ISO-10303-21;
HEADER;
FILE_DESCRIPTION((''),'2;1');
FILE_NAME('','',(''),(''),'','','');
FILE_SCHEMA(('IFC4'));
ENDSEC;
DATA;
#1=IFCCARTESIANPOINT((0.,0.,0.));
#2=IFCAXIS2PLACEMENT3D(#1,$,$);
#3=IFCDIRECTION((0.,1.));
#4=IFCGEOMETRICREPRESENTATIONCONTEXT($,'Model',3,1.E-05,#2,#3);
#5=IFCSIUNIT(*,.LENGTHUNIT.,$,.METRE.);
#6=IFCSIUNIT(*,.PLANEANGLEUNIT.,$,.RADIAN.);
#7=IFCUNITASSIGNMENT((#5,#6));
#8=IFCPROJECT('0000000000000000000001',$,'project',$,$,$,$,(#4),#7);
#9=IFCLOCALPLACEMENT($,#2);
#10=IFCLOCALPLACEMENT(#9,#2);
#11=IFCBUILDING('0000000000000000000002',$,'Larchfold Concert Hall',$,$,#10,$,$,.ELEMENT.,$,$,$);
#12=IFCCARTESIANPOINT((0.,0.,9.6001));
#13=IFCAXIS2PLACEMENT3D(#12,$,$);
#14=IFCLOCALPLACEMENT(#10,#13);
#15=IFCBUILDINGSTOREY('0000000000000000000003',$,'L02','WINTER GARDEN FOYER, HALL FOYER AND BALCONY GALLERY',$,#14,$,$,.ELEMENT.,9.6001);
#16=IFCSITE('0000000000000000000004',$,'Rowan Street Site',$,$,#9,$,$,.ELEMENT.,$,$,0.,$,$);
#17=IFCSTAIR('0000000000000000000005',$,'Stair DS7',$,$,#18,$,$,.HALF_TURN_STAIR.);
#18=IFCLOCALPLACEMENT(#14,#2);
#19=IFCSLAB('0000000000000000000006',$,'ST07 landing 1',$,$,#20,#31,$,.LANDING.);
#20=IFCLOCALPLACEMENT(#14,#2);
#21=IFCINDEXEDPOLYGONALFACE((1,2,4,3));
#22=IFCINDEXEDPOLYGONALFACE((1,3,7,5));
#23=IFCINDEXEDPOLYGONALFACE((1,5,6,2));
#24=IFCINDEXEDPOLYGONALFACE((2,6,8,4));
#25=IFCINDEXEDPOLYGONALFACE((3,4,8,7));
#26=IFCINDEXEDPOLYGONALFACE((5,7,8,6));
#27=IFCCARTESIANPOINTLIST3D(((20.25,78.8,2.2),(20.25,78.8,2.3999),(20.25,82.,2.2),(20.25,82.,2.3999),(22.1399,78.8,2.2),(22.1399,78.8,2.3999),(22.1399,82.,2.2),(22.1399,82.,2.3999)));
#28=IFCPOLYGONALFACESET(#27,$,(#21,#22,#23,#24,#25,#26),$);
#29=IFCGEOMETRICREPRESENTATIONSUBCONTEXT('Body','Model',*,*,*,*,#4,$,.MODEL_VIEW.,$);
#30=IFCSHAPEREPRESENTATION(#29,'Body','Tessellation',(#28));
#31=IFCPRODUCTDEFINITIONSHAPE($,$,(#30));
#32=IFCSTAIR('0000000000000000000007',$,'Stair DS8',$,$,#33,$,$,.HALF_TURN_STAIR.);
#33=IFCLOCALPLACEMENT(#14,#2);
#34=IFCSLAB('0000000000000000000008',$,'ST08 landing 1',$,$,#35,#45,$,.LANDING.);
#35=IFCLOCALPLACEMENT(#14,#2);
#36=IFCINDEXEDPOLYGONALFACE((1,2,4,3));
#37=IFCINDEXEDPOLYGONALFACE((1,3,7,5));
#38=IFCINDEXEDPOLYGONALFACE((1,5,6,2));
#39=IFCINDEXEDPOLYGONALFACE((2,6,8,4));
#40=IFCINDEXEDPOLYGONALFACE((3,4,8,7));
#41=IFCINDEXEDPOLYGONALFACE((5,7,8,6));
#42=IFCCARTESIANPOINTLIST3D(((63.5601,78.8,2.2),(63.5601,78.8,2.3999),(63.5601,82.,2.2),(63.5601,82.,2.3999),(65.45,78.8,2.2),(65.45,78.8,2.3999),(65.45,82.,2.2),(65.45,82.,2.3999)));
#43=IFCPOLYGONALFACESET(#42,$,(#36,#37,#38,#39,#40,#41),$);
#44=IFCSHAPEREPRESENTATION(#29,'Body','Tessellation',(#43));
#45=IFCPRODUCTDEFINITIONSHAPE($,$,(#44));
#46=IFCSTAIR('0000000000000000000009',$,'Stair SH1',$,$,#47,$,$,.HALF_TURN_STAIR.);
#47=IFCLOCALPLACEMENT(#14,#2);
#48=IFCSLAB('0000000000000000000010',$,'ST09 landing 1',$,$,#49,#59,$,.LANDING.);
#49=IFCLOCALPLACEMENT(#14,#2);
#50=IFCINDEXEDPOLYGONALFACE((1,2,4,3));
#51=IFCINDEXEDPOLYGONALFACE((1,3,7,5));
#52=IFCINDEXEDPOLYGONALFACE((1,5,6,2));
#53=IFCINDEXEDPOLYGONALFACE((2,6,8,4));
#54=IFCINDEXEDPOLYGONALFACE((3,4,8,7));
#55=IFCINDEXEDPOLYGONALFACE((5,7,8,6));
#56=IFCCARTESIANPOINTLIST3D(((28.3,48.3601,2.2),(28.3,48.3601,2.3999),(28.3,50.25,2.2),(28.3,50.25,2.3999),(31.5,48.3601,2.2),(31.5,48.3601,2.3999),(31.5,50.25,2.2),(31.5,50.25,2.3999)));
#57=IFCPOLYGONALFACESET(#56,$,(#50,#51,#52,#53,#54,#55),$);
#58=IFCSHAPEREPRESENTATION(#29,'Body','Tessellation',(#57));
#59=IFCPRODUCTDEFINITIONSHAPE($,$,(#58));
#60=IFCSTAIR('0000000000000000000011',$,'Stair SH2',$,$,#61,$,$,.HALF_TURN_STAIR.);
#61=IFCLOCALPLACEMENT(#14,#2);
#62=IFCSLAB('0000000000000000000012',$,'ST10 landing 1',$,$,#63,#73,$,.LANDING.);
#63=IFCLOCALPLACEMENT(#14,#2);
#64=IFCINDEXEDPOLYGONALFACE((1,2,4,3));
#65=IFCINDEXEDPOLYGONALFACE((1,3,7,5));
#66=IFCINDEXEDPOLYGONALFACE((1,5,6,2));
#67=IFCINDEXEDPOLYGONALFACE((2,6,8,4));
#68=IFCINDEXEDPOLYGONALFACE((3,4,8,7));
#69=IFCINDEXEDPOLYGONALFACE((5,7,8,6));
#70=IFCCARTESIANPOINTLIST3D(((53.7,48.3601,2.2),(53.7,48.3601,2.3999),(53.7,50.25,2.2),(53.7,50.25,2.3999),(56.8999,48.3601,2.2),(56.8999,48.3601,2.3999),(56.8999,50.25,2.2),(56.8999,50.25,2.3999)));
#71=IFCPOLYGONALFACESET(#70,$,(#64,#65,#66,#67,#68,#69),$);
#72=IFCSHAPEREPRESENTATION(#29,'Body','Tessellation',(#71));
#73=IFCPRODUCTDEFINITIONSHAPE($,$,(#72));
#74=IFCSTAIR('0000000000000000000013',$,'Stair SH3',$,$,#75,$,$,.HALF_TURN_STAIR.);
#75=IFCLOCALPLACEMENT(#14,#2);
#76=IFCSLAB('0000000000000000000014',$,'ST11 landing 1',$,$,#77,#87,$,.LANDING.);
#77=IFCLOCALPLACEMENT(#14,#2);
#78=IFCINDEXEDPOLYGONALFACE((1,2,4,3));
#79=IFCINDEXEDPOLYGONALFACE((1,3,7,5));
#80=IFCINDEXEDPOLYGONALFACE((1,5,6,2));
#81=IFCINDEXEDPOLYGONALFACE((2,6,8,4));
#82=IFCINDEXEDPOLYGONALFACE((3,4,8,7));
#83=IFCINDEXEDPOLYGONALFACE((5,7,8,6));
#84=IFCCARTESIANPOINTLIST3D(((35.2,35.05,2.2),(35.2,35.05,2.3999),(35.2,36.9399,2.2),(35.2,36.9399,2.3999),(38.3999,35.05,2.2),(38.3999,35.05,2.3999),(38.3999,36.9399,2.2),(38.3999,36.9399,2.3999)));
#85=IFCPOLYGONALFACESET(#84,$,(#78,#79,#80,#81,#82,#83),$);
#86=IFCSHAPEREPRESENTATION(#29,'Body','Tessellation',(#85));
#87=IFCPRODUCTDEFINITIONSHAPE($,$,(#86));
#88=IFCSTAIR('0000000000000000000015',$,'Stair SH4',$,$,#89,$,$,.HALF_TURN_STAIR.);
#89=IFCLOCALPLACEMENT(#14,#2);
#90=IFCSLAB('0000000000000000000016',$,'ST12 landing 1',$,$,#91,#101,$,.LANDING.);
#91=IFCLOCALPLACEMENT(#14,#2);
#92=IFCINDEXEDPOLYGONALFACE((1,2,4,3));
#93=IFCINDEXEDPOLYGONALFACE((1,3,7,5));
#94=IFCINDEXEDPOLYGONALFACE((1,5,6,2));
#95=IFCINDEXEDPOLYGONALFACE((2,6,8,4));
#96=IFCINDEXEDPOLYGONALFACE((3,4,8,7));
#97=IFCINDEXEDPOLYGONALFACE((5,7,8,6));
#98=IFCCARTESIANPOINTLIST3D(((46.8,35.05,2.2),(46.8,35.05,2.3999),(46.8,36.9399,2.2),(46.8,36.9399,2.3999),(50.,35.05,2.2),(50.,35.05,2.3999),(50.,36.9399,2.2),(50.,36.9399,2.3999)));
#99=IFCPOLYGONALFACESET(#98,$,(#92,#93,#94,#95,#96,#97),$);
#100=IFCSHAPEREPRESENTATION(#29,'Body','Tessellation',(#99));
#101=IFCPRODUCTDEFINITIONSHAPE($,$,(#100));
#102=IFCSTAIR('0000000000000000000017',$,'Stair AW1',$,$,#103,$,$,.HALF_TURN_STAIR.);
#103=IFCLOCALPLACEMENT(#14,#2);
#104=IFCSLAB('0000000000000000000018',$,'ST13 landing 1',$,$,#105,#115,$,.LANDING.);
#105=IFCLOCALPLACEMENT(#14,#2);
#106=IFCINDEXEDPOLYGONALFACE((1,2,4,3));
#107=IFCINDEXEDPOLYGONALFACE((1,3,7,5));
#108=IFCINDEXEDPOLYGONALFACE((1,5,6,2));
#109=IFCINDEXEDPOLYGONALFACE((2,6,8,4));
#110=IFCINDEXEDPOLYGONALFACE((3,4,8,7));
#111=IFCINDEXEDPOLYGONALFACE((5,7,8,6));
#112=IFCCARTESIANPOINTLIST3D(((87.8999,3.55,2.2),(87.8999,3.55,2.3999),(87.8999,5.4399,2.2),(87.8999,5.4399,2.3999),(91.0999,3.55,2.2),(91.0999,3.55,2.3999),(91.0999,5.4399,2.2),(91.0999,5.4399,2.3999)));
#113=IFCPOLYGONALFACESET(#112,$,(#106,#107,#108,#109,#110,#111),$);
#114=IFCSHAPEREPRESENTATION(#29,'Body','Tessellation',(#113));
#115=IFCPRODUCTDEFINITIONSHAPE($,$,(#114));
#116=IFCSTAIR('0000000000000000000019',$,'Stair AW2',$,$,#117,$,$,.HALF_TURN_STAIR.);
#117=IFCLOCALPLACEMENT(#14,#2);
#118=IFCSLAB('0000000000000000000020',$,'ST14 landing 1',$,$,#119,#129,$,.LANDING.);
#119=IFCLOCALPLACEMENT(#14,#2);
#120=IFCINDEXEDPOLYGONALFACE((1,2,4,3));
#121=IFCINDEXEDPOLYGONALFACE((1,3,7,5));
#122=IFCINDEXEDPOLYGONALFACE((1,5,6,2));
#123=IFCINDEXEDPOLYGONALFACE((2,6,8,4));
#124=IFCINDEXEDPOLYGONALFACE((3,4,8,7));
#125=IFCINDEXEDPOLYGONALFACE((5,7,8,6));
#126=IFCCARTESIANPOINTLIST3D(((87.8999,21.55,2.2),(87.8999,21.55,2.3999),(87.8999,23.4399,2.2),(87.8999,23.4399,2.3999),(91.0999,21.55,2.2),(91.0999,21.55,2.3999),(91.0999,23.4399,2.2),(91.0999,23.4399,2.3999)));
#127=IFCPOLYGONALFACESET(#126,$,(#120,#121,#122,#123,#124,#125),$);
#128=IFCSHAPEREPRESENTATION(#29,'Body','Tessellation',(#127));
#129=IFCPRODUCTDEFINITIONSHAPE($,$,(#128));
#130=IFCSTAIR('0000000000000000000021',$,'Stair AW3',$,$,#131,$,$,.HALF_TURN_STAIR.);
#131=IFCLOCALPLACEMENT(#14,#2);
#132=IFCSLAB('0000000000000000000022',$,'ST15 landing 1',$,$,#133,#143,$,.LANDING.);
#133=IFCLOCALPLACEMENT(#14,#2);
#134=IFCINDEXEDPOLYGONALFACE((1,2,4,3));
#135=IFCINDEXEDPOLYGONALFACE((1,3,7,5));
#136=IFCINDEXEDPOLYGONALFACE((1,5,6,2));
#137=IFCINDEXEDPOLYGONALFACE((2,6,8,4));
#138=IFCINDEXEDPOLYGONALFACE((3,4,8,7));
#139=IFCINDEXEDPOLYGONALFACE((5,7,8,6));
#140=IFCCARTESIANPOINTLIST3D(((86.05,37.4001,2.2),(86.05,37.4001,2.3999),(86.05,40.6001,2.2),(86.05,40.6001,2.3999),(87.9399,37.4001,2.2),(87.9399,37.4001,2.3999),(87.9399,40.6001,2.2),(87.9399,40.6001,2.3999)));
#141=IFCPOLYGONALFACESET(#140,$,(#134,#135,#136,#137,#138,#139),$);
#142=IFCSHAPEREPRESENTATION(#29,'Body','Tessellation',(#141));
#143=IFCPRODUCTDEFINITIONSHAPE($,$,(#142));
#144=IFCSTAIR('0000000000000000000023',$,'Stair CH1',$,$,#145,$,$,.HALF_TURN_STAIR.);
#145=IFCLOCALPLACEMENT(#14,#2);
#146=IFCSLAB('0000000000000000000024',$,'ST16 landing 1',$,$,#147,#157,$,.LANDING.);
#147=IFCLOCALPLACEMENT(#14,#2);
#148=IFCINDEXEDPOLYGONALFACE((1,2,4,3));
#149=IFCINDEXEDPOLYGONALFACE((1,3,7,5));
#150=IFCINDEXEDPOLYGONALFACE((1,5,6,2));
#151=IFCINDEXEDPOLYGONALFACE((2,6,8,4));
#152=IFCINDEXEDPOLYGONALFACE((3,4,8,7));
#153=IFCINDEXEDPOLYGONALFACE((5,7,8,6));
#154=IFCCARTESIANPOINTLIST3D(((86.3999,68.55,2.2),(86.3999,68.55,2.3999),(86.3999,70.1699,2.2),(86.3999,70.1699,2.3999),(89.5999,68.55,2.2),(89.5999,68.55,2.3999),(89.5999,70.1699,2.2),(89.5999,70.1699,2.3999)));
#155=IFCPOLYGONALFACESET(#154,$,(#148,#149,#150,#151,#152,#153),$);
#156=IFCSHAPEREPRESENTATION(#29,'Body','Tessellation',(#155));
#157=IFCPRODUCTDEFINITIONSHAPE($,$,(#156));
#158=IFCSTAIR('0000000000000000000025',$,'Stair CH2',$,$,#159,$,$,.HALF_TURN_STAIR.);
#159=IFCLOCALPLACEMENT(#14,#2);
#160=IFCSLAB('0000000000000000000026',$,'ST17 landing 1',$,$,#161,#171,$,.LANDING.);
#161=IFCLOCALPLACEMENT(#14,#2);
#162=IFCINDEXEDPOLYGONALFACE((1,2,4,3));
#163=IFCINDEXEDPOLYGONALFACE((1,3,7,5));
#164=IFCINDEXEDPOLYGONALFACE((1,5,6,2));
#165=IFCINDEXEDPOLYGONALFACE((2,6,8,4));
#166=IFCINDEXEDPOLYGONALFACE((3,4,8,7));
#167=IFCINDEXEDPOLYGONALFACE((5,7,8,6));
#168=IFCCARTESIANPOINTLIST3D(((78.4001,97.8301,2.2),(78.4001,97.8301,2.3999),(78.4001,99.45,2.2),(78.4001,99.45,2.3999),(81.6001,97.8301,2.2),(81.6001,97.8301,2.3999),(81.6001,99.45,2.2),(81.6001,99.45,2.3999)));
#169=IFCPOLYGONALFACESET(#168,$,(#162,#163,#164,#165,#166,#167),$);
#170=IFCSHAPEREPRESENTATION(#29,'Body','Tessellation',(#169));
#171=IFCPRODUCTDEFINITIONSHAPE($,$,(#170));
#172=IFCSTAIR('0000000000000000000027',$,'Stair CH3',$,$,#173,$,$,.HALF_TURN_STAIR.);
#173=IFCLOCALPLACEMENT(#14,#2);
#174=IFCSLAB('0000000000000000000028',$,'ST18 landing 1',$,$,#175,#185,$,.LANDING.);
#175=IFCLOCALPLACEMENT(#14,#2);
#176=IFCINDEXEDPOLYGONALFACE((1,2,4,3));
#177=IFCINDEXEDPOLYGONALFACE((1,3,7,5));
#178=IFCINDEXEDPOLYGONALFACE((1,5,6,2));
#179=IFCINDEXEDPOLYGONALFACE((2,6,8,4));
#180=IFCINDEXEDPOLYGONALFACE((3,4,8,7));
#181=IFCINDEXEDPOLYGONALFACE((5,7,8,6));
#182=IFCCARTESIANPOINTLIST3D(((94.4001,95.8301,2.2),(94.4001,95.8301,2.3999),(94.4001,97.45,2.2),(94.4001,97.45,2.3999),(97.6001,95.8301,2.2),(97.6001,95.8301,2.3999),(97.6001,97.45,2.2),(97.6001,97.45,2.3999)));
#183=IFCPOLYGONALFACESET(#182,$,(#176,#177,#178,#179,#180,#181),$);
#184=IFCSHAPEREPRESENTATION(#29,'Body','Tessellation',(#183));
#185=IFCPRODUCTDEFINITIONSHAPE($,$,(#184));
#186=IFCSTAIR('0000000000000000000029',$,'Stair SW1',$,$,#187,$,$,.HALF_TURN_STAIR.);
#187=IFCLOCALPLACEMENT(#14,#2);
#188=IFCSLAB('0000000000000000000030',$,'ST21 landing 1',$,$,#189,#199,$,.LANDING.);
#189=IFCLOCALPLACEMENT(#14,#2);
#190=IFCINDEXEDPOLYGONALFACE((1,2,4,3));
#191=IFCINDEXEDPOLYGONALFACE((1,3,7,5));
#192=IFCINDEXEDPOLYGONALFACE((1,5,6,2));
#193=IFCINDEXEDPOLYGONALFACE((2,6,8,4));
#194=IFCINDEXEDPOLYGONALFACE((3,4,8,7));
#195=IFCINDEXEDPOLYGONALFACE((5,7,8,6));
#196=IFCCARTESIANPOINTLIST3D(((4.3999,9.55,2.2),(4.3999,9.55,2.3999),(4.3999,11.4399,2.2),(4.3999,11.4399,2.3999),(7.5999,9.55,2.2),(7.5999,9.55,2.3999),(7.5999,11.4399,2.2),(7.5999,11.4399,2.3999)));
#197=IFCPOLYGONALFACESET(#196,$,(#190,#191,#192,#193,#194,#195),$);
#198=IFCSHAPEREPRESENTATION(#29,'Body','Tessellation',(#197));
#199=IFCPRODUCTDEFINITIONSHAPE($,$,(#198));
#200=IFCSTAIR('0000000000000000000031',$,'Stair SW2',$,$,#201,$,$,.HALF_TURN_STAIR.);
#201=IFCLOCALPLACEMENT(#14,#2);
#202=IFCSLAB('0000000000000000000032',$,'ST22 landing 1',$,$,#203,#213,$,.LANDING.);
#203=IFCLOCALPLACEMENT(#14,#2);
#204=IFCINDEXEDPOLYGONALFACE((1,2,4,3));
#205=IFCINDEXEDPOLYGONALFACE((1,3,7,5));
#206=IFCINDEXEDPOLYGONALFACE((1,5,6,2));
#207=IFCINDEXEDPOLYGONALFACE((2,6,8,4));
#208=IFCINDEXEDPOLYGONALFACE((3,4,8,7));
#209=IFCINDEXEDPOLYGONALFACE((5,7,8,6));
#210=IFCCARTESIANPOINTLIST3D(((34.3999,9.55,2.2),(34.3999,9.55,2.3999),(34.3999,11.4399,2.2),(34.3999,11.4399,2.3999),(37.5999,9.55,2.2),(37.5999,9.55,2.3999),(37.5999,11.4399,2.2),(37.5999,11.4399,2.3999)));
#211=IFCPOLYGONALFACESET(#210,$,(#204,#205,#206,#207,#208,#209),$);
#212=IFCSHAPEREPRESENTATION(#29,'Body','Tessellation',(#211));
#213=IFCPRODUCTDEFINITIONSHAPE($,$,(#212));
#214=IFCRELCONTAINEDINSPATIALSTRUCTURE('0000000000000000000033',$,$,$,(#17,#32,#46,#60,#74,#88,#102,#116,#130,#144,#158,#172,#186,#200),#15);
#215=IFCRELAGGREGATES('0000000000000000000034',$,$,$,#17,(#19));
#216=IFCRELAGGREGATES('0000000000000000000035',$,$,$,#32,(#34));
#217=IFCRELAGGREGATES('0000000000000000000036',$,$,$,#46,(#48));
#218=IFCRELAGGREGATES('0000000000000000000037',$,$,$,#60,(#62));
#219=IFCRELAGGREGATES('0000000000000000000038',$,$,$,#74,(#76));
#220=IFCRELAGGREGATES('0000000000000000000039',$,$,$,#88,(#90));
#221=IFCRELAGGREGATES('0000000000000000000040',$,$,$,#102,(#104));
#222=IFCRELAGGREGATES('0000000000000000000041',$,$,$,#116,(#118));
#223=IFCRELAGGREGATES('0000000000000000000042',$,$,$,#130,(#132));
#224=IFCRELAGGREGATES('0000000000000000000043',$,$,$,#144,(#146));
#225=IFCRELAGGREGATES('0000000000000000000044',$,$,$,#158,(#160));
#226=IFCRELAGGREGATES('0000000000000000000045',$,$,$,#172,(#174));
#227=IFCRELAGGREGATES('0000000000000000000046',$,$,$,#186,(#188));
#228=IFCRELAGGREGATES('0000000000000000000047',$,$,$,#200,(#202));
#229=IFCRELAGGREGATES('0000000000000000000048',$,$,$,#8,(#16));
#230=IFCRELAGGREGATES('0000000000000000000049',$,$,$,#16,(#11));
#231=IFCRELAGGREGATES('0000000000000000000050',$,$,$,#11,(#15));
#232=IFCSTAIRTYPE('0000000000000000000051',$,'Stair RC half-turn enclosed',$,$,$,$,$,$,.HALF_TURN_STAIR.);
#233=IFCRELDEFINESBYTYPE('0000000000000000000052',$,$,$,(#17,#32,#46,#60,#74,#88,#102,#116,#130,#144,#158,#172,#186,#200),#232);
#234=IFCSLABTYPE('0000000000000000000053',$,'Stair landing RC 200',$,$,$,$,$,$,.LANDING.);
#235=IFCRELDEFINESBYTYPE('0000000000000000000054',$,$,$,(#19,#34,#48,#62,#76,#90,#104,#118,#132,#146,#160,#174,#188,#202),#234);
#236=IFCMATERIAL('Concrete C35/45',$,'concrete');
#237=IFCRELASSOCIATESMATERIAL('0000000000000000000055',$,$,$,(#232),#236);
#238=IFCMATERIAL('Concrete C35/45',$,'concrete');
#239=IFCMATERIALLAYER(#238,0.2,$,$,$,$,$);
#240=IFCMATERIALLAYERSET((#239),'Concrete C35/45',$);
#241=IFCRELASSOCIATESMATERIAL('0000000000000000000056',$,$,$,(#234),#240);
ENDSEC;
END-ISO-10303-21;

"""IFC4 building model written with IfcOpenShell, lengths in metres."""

from ifc_helpers import new_model, si_unit, direction, frame, origin, place, context, subcontext, project, spatial, polyline, outline, extrude, material, layer, layer_set, type_object, element, aggregate, save


model = new_model("IFC4")

# Units and contexts
model_context = context("Model", 3, precision=1e-05, world=origin(), true_north=direction((0.0, 1.0)))
body_context = subcontext(model_context, "Body", "Model", "MODEL_VIEW")
ifc_project = project(units=[si_unit("LENGTHUNIT", "METRE"), si_unit("PLANEANGLEUNIT", "RADIAN")], contexts=[model_context])

# Site, building, storey
site_placement = place(None, origin())
site = spatial("IfcSite", under=ifc_project, at=site_placement, Name="Rowan Street Site", CompositionType="ELEMENT", RefElevation=0.0)
building_placement = place(site_placement, origin())
building = spatial("IfcBuilding", under=site, at=building_placement, Name="Larchfold Concert Hall", CompositionType="ELEMENT")
storey_placement = place(building_placement, frame((0.0, 0.0, 9.6001)))
storey = spatial("IfcBuildingStorey", under=building, at=storey_placement, Name="L02", Description="WINTER GARDEN FOYER, HALL FOYER AND BALCONY GALLERY", CompositionType="ELEMENT", Elevation=9.6001)

# Stairs, slabs
ifc_material_1 = material(Name="Concrete C35/45", Category="concrete")
stair_type = type_object("IfcStairType", Name="Stair RC half-turn enclosed", PredefinedType="HALF_TURN_STAIR", material=ifc_material_1)
stair_1_placement = place(storey_placement, origin())
stair_1 = element("IfcStair", 1, at=stair_1_placement, inside=storey, type_object=stair_type, Name="Stair DS7", PredefinedType="HALF_TURN_STAIR")
ifc_material_2 = material(Name="Concrete C35/45", Category="concrete")
ifc_layer_1 = layer(ifc_material_2, 0.2)
ifc_layer_set_1 = layer_set([ifc_layer_1], Name="Concrete C35/45")
slab_type = type_object("IfcSlabType", Name="Stair landing RC 200", PredefinedType="LANDING", material=ifc_layer_set_1)
slab_1_placement = place(storey_placement, frame((0.0, 0.0, 2.2)))
slab_1 = element("IfcSlab", 2, at=slab_1_placement, type_object=slab_type, Name="ST07 landing 1", PredefinedType="LANDING", context=body_context, shape_type="SweptSolid", body=[
    extrude(outline(polyline([(22.1399, 82.0), (20.25, 82.0), (20.25, 78.8), (22.1399, 78.8), (22.1399, 82.0)])), origin(), (0.0, 0.0, 1.0), 0.2),
])
aggregate(stair_1, [slab_1])
stair_2_placement = place(storey_placement, origin())
stair_2 = element("IfcStair", 3, at=stair_2_placement, inside=storey, type_object=stair_type, Name="Stair DS8", PredefinedType="HALF_TURN_STAIR")
slab_2_placement = place(storey_placement, frame((0.0, 0.0, 2.2)))
slab_2 = element("IfcSlab", 4, at=slab_2_placement, type_object=slab_type, Name="ST08 landing 1", PredefinedType="LANDING", context=body_context, shape_type="SweptSolid", body=[
    extrude(outline(polyline([(63.5601, 78.8), (65.45, 78.8), (65.45, 82.0), (63.5601, 82.0), (63.5601, 78.8)])), origin(), (0.0, 0.0, 1.0), 0.2),
])
aggregate(stair_2, [slab_2])
stair_3_placement = place(storey_placement, origin())
stair_3 = element("IfcStair", 5, at=stair_3_placement, inside=storey, type_object=stair_type, Name="Stair SH1", PredefinedType="HALF_TURN_STAIR")
slab_3_placement = place(storey_placement, frame((0.0, 0.0, 2.2)))
slab_3 = element("IfcSlab", 6, at=slab_3_placement, type_object=slab_type, Name="ST09 landing 1", PredefinedType="LANDING", context=body_context, shape_type="SweptSolid", body=[
    extrude(outline(polyline([(31.5, 48.3601), (31.5, 50.25), (28.3, 50.25), (28.3, 48.3601), (31.5, 48.3601)])), origin(), (0.0, 0.0, 1.0), 0.2),
])
aggregate(stair_3, [slab_3])
stair_4_placement = place(storey_placement, origin())
stair_4 = element("IfcStair", 7, at=stair_4_placement, inside=storey, type_object=stair_type, Name="Stair SH2", PredefinedType="HALF_TURN_STAIR")
slab_4_placement = place(storey_placement, frame((0.0, 0.0, 2.2)))
slab_4 = element("IfcSlab", 8, at=slab_4_placement, type_object=slab_type, Name="ST10 landing 1", PredefinedType="LANDING", context=body_context, shape_type="SweptSolid", body=[
    extrude(outline(polyline([(56.8999, 48.3601), (56.8999, 50.25), (53.7, 50.25), (53.7, 48.3601), (56.8999, 48.3601)])), origin(), (0.0, 0.0, 1.0), 0.2),
])
aggregate(stair_4, [slab_4])
stair_5_placement = place(storey_placement, origin())
stair_5 = element("IfcStair", 9, at=stair_5_placement, inside=storey, type_object=stair_type, Name="Stair SH3", PredefinedType="HALF_TURN_STAIR")
slab_5_placement = place(storey_placement, frame((0.0, 0.0, 2.2)))
slab_5 = element("IfcSlab", 10, at=slab_5_placement, type_object=slab_type, Name="ST11 landing 1", PredefinedType="LANDING", context=body_context, shape_type="SweptSolid", body=[
    extrude(outline(polyline([(35.2, 36.9399), (35.2, 35.05), (38.3999, 35.05), (38.3999, 36.9399), (35.2, 36.9399)])), origin(), (0.0, 0.0, 1.0), 0.2),
])
aggregate(stair_5, [slab_5])
stair_6_placement = place(storey_placement, origin())
stair_6 = element("IfcStair", 11, at=stair_6_placement, inside=storey, type_object=stair_type, Name="Stair SH4", PredefinedType="HALF_TURN_STAIR")
slab_6_placement = place(storey_placement, frame((0.0, 0.0, 2.2)))
slab_6 = element("IfcSlab", 12, at=slab_6_placement, type_object=slab_type, Name="ST12 landing 1", PredefinedType="LANDING", context=body_context, shape_type="SweptSolid", body=[
    extrude(outline(polyline([(46.8, 36.9399), (46.8, 35.05), (50.0, 35.05), (50.0, 36.9399), (46.8, 36.9399)])), origin(), (0.0, 0.0, 1.0), 0.2),
])
aggregate(stair_6, [slab_6])
stair_7_placement = place(storey_placement, origin())
stair_7 = element("IfcStair", 13, at=stair_7_placement, inside=storey, type_object=stair_type, Name="Stair AW1", PredefinedType="HALF_TURN_STAIR")
slab_7_placement = place(storey_placement, frame((0.0, 0.0, 2.2)))
slab_7 = element("IfcSlab", 14, at=slab_7_placement, type_object=slab_type, Name="ST13 landing 1", PredefinedType="LANDING", context=body_context, shape_type="SweptSolid", body=[
    extrude(outline(polyline([(87.8999, 5.4399), (87.8999, 3.55), (91.0999, 3.55), (91.0999, 5.4399), (87.8999, 5.4399)])), origin(), (0.0, 0.0, 1.0), 0.2),
])
aggregate(stair_7, [slab_7])
stair_8_placement = place(storey_placement, origin())
stair_8 = element("IfcStair", 15, at=stair_8_placement, inside=storey, type_object=stair_type, Name="Stair AW2", PredefinedType="HALF_TURN_STAIR")
slab_8_placement = place(storey_placement, frame((0.0, 0.0, 2.2)))
slab_8 = element("IfcSlab", 16, at=slab_8_placement, type_object=slab_type, Name="ST14 landing 1", PredefinedType="LANDING", context=body_context, shape_type="SweptSolid", body=[
    extrude(outline(polyline([(87.8999, 23.4399), (87.8999, 21.55), (91.0999, 21.55), (91.0999, 23.4399), (87.8999, 23.4399)])), origin(), (0.0, 0.0, 1.0), 0.2),
])
aggregate(stair_8, [slab_8])
stair_9_placement = place(storey_placement, origin())
stair_9 = element("IfcStair", 17, at=stair_9_placement, inside=storey, type_object=stair_type, Name="Stair AW3", PredefinedType="HALF_TURN_STAIR")
slab_9_placement = place(storey_placement, frame((0.0, 0.0, 2.2)))
slab_9 = element("IfcSlab", 18, at=slab_9_placement, type_object=slab_type, Name="ST15 landing 1", PredefinedType="LANDING", context=body_context, shape_type="SweptSolid", body=[
    extrude(outline(polyline([(87.9399, 40.6001), (86.05, 40.6001), (86.05, 37.4001), (87.9399, 37.4001), (87.9399, 40.6001)])), origin(), (0.0, 0.0, 1.0), 0.2),
])
aggregate(stair_9, [slab_9])
stair_10_placement = place(storey_placement, origin())
stair_10 = element("IfcStair", 19, at=stair_10_placement, inside=storey, type_object=stair_type, Name="Stair CH1", PredefinedType="HALF_TURN_STAIR")
slab_10_placement = place(storey_placement, frame((0.0, 0.0, 2.2)))
slab_10 = element("IfcSlab", 20, at=slab_10_placement, type_object=slab_type, Name="ST16 landing 1", PredefinedType="LANDING", context=body_context, shape_type="SweptSolid", body=[
    extrude(outline(polyline([(86.3999, 70.1699), (86.3999, 68.55), (89.5999, 68.55), (89.5999, 70.1699), (86.3999, 70.1699)])), origin(), (0.0, 0.0, 1.0), 0.2),
])
aggregate(stair_10, [slab_10])
stair_11_placement = place(storey_placement, origin())
stair_11 = element("IfcStair", 21, at=stair_11_placement, inside=storey, type_object=stair_type, Name="Stair CH2", PredefinedType="HALF_TURN_STAIR")
slab_11_placement = place(storey_placement, frame((0.0, 0.0, 2.2)))
slab_11 = element("IfcSlab", 22, at=slab_11_placement, type_object=slab_type, Name="ST17 landing 1", PredefinedType="LANDING", context=body_context, shape_type="SweptSolid", body=[
    extrude(outline(polyline([(81.6001, 97.8301), (81.6001, 99.45), (78.4001, 99.45), (78.4001, 97.8301), (81.6001, 97.8301)])), origin(), (0.0, 0.0, 1.0), 0.2),
])
aggregate(stair_11, [slab_11])
stair_12_placement = place(storey_placement, origin())
stair_12 = element("IfcStair", 23, at=stair_12_placement, inside=storey, type_object=stair_type, Name="Stair CH3", PredefinedType="HALF_TURN_STAIR")
slab_12_placement = place(storey_placement, frame((0.0, 0.0, 2.2)))
slab_12 = element("IfcSlab", 24, at=slab_12_placement, type_object=slab_type, Name="ST18 landing 1", PredefinedType="LANDING", context=body_context, shape_type="SweptSolid", body=[
    extrude(outline(polyline([(97.6001, 95.8301), (97.6001, 97.45), (94.4001, 97.45), (94.4001, 95.8301), (97.6001, 95.8301)])), origin(), (0.0, 0.0, 1.0), 0.2),
])
aggregate(stair_12, [slab_12])
stair_13_placement = place(storey_placement, origin())
stair_13 = element("IfcStair", 25, at=stair_13_placement, inside=storey, type_object=stair_type, Name="Stair SW1", PredefinedType="HALF_TURN_STAIR")
slab_13_placement = place(storey_placement, frame((0.0, 0.0, 2.2)))
slab_13 = element("IfcSlab", 26, at=slab_13_placement, type_object=slab_type, Name="ST21 landing 1", PredefinedType="LANDING", context=body_context, shape_type="SweptSolid", body=[
    extrude(outline(polyline([(4.3999, 11.4399), (4.3999, 9.55), (7.5999, 9.55), (7.5999, 11.4399), (4.3999, 11.4399)])), origin(), (0.0, 0.0, 1.0), 0.2),
])
aggregate(stair_13, [slab_13])
stair_14_placement = place(storey_placement, origin())
stair_14 = element("IfcStair", 27, at=stair_14_placement, inside=storey, type_object=stair_type, Name="Stair SW2", PredefinedType="HALF_TURN_STAIR")
slab_14_placement = place(storey_placement, frame((0.0, 0.0, 2.2)))
slab_14 = element("IfcSlab", 28, at=slab_14_placement, type_object=slab_type, Name="ST22 landing 1", PredefinedType="LANDING", context=body_context, shape_type="SweptSolid", body=[
    extrude(outline(polyline([(34.3999, 11.4399), (34.3999, 9.55), (37.5999, 9.55), (37.5999, 11.4399), (34.3999, 11.4399)])), origin(), (0.0, 0.0, 1.0), 0.2),
])
aggregate(stair_14, [slab_14])

save(model, "model.ifc")
